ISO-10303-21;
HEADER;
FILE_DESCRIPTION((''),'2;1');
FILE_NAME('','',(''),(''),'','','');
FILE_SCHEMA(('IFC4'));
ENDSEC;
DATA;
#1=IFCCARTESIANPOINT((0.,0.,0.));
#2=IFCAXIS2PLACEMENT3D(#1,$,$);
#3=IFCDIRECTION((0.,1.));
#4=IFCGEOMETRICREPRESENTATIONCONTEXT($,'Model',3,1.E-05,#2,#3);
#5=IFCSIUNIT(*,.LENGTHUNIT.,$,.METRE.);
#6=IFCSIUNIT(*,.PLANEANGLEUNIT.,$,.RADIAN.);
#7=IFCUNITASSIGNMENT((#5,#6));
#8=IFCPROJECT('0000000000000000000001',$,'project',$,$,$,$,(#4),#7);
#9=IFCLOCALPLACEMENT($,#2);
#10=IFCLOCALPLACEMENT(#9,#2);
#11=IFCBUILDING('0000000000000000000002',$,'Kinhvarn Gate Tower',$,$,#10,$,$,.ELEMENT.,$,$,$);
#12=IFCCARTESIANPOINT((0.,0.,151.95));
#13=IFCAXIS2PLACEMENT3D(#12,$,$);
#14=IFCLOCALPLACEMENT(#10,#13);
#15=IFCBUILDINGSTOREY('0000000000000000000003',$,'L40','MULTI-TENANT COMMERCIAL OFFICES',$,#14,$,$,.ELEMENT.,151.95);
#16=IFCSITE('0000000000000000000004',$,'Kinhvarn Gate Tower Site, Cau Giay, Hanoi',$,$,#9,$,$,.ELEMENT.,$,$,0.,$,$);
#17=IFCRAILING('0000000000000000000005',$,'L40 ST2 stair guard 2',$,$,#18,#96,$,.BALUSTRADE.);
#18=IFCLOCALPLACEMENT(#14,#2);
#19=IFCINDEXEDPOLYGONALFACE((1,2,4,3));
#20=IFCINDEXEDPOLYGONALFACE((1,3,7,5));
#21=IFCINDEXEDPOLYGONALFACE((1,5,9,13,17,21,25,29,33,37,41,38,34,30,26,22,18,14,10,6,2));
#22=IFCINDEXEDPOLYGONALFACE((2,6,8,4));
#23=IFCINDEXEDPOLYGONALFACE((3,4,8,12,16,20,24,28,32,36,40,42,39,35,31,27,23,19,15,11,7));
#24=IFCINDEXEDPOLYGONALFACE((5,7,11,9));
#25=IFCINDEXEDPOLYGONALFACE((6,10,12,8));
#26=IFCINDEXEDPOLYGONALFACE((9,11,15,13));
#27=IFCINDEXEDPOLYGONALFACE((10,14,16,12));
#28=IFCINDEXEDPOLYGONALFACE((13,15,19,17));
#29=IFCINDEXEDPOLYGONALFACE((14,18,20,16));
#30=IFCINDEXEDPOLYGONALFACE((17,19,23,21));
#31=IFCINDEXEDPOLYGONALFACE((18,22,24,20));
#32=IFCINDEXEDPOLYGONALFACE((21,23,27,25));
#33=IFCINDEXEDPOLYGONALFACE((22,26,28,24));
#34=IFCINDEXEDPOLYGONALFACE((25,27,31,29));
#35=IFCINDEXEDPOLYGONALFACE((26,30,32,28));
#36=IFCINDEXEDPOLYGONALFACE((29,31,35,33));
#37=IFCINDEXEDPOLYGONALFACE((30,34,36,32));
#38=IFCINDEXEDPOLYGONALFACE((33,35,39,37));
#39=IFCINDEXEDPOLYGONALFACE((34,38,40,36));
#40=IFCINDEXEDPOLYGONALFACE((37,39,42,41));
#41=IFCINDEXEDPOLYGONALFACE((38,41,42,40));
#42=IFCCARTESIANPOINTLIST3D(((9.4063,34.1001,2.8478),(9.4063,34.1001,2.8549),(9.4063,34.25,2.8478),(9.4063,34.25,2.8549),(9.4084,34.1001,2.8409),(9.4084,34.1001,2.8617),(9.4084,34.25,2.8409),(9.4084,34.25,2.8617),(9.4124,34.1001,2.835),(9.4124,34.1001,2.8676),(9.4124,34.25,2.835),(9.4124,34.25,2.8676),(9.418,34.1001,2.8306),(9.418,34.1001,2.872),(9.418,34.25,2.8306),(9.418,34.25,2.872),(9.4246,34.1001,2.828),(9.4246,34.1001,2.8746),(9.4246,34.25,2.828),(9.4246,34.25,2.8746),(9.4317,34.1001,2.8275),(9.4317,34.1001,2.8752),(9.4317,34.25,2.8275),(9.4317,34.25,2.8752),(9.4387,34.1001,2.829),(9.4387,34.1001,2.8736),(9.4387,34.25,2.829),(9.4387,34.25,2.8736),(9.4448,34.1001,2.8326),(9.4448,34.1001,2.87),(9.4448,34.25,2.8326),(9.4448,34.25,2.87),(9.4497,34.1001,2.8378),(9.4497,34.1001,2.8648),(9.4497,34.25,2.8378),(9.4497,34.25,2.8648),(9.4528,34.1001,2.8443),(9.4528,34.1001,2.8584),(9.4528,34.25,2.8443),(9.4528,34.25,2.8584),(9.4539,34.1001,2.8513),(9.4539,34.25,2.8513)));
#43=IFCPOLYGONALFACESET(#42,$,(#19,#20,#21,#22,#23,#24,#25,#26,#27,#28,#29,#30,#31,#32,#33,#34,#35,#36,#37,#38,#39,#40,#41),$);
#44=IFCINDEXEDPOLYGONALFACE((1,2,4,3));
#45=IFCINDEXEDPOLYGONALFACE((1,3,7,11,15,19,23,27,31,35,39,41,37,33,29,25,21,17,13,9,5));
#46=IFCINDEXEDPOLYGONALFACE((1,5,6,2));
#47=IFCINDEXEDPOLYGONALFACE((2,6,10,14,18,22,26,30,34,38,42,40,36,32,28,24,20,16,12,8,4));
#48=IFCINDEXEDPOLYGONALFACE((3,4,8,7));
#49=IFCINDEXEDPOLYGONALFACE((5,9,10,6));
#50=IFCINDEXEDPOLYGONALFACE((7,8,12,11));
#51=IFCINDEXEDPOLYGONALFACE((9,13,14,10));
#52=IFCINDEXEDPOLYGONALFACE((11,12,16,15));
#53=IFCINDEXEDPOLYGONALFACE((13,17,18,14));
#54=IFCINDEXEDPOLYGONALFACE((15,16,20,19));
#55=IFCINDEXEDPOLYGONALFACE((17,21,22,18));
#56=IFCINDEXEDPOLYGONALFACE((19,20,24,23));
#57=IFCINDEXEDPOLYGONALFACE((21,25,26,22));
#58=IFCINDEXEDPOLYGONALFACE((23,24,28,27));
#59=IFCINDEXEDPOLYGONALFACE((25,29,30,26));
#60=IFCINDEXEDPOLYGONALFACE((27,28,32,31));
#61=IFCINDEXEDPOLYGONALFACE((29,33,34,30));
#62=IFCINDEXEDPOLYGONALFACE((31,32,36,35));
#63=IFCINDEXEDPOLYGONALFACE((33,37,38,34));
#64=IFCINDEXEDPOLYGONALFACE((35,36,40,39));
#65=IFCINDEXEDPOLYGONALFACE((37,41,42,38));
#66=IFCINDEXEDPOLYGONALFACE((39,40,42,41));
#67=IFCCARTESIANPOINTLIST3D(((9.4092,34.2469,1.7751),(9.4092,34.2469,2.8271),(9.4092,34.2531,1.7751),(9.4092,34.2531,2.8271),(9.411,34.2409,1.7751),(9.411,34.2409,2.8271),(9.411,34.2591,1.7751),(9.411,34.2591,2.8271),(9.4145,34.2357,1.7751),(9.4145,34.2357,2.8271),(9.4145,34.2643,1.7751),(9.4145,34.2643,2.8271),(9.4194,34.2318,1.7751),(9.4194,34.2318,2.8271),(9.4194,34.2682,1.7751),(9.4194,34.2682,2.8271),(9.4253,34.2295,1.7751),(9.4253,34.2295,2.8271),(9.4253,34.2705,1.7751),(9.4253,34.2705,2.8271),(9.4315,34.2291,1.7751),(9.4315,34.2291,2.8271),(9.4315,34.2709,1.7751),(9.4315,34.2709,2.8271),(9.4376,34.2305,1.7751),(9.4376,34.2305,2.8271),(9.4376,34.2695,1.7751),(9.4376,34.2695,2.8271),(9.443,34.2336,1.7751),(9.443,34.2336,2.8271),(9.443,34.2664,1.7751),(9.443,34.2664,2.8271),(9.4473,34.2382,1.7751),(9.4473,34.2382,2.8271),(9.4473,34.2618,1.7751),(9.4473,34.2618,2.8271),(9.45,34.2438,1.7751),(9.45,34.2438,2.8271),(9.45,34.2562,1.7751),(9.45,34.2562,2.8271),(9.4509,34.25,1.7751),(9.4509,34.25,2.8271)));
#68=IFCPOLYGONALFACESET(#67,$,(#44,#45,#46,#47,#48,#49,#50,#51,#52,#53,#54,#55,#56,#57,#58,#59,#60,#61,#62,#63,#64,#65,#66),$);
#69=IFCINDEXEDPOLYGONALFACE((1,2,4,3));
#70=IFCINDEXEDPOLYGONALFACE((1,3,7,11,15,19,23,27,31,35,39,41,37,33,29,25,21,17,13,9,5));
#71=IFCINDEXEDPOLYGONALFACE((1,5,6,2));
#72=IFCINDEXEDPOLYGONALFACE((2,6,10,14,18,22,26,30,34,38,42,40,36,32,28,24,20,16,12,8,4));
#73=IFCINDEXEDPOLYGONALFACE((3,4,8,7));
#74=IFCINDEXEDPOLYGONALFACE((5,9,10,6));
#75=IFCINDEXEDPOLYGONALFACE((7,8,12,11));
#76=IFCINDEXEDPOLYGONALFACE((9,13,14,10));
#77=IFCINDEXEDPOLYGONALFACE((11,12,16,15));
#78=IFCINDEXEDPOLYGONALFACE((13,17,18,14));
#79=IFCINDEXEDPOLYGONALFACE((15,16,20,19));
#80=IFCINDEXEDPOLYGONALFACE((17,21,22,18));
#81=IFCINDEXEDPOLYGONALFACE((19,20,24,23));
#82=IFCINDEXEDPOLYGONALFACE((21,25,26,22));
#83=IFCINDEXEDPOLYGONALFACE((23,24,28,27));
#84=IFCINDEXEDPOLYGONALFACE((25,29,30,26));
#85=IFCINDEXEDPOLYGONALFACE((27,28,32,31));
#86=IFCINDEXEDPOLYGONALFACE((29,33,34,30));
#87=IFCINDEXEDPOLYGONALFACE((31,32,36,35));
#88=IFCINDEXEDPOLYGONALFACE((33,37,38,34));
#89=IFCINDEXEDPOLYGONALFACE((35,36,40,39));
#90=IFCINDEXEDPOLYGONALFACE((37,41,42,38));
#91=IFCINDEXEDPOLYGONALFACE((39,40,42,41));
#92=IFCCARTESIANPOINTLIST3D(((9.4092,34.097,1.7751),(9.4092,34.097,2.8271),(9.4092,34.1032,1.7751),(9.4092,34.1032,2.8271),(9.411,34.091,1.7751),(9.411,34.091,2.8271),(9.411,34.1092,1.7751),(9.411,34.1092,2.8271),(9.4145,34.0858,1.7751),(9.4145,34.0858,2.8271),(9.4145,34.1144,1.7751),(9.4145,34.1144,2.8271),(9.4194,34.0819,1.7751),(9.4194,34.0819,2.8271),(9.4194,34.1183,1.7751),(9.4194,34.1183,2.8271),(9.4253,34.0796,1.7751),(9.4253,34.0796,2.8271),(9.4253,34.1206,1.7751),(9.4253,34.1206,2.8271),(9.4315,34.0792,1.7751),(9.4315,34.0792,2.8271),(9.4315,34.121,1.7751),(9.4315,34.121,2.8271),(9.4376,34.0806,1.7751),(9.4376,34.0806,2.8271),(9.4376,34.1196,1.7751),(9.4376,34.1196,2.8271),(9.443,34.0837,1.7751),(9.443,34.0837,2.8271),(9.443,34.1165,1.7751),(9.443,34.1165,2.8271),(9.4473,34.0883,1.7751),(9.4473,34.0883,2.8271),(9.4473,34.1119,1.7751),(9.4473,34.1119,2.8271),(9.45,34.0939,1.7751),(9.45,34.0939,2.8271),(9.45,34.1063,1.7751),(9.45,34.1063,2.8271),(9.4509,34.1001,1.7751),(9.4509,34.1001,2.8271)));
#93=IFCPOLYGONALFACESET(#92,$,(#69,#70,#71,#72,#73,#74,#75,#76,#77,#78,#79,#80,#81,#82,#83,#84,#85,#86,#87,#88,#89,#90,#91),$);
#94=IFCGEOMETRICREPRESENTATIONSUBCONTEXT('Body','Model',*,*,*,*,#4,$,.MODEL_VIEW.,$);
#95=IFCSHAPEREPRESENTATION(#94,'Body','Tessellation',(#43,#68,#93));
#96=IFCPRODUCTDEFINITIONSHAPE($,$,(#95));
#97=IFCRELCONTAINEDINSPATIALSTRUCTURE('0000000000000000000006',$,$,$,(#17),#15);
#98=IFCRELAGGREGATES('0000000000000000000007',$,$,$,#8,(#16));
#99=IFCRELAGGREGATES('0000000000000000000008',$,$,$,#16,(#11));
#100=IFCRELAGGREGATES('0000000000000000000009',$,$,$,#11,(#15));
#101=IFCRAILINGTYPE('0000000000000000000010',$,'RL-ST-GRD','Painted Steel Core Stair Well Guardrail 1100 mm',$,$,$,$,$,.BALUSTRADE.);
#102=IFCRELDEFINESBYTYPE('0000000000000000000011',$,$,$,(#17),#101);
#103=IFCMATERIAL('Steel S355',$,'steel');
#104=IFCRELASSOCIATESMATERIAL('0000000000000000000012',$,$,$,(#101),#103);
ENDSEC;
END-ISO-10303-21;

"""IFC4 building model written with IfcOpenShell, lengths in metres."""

from ifc_helpers import new_model, si_unit, direction, frame, origin, origin_2d, place, context, subcontext, project, spatial, circle, extrude, material, type_object, element, save


model = new_model("IFC4")

# Units and contexts
model_context = context("Model", 3, precision=1e-05, world=origin(), true_north=direction((0.0, 1.0)))
body_context = subcontext(model_context, "Body", "Model", "MODEL_VIEW")
ifc_project = project(units=[si_unit("LENGTHUNIT", "METRE"), si_unit("PLANEANGLEUNIT", "RADIAN")], contexts=[model_context])

# Site, building, storey
site_placement = place(None, origin())
site = spatial("IfcSite", under=ifc_project, at=site_placement, Name="Kinhvarn Gate Tower Site, Cau Giay, Hanoi", CompositionType="ELEMENT", RefElevation=0.0)
building_placement = place(site_placement, origin())
building = spatial("IfcBuilding", under=site, at=building_placement, Name="Kinhvarn Gate Tower", CompositionType="ELEMENT")
storey_placement = place(building_placement, frame((0.0, 0.0, 151.95)))
storey = spatial("IfcBuildingStorey", under=building, at=storey_placement, Name="L40", Description="MULTI-TENANT COMMERCIAL OFFICES", CompositionType="ELEMENT", Elevation=151.95)

# Shared definitions
ifc_material_1 = material(Name="Steel S355", Category="steel")

# Railing
railing_type_1 = type_object("IfcRailingType", Name="RL-ST-GRD", Description="Painted Steel Core Stair Well Guardrail 1100 mm", PredefinedType="BALUSTRADE", material=ifc_material_1)
railing_1_placement = place(storey_placement, frame((9.4299, 34.25, 1.7751)))
element("IfcRailing", 1, at=railing_1_placement, inside=storey, type_object=railing_type_1, Name="L40 ST2 stair guard 2", PredefinedType="BALUSTRADE", context=body_context, shape_type="SweptSolid", body=[
    extrude(circle(Radius=0.0239, at=origin_2d()), frame((0.0, 0.0, 1.0762), z_axis=(0.0, -1.0, 0.0), x_axis=(1.0, 0.0, 0.0)), (0.0, 0.0, 1.0), 0.1499),
    extrude(circle(Radius=0.021, at=origin_2d()), origin(), (0.0, 0.0, 1.0), 1.052),
    extrude(circle(Radius=0.021, at=origin_2d()), frame((0.0, -0.1499, 0.0)), (0.0, 0.0, 1.0), 1.052),
])

save(model, "model.ifc")
